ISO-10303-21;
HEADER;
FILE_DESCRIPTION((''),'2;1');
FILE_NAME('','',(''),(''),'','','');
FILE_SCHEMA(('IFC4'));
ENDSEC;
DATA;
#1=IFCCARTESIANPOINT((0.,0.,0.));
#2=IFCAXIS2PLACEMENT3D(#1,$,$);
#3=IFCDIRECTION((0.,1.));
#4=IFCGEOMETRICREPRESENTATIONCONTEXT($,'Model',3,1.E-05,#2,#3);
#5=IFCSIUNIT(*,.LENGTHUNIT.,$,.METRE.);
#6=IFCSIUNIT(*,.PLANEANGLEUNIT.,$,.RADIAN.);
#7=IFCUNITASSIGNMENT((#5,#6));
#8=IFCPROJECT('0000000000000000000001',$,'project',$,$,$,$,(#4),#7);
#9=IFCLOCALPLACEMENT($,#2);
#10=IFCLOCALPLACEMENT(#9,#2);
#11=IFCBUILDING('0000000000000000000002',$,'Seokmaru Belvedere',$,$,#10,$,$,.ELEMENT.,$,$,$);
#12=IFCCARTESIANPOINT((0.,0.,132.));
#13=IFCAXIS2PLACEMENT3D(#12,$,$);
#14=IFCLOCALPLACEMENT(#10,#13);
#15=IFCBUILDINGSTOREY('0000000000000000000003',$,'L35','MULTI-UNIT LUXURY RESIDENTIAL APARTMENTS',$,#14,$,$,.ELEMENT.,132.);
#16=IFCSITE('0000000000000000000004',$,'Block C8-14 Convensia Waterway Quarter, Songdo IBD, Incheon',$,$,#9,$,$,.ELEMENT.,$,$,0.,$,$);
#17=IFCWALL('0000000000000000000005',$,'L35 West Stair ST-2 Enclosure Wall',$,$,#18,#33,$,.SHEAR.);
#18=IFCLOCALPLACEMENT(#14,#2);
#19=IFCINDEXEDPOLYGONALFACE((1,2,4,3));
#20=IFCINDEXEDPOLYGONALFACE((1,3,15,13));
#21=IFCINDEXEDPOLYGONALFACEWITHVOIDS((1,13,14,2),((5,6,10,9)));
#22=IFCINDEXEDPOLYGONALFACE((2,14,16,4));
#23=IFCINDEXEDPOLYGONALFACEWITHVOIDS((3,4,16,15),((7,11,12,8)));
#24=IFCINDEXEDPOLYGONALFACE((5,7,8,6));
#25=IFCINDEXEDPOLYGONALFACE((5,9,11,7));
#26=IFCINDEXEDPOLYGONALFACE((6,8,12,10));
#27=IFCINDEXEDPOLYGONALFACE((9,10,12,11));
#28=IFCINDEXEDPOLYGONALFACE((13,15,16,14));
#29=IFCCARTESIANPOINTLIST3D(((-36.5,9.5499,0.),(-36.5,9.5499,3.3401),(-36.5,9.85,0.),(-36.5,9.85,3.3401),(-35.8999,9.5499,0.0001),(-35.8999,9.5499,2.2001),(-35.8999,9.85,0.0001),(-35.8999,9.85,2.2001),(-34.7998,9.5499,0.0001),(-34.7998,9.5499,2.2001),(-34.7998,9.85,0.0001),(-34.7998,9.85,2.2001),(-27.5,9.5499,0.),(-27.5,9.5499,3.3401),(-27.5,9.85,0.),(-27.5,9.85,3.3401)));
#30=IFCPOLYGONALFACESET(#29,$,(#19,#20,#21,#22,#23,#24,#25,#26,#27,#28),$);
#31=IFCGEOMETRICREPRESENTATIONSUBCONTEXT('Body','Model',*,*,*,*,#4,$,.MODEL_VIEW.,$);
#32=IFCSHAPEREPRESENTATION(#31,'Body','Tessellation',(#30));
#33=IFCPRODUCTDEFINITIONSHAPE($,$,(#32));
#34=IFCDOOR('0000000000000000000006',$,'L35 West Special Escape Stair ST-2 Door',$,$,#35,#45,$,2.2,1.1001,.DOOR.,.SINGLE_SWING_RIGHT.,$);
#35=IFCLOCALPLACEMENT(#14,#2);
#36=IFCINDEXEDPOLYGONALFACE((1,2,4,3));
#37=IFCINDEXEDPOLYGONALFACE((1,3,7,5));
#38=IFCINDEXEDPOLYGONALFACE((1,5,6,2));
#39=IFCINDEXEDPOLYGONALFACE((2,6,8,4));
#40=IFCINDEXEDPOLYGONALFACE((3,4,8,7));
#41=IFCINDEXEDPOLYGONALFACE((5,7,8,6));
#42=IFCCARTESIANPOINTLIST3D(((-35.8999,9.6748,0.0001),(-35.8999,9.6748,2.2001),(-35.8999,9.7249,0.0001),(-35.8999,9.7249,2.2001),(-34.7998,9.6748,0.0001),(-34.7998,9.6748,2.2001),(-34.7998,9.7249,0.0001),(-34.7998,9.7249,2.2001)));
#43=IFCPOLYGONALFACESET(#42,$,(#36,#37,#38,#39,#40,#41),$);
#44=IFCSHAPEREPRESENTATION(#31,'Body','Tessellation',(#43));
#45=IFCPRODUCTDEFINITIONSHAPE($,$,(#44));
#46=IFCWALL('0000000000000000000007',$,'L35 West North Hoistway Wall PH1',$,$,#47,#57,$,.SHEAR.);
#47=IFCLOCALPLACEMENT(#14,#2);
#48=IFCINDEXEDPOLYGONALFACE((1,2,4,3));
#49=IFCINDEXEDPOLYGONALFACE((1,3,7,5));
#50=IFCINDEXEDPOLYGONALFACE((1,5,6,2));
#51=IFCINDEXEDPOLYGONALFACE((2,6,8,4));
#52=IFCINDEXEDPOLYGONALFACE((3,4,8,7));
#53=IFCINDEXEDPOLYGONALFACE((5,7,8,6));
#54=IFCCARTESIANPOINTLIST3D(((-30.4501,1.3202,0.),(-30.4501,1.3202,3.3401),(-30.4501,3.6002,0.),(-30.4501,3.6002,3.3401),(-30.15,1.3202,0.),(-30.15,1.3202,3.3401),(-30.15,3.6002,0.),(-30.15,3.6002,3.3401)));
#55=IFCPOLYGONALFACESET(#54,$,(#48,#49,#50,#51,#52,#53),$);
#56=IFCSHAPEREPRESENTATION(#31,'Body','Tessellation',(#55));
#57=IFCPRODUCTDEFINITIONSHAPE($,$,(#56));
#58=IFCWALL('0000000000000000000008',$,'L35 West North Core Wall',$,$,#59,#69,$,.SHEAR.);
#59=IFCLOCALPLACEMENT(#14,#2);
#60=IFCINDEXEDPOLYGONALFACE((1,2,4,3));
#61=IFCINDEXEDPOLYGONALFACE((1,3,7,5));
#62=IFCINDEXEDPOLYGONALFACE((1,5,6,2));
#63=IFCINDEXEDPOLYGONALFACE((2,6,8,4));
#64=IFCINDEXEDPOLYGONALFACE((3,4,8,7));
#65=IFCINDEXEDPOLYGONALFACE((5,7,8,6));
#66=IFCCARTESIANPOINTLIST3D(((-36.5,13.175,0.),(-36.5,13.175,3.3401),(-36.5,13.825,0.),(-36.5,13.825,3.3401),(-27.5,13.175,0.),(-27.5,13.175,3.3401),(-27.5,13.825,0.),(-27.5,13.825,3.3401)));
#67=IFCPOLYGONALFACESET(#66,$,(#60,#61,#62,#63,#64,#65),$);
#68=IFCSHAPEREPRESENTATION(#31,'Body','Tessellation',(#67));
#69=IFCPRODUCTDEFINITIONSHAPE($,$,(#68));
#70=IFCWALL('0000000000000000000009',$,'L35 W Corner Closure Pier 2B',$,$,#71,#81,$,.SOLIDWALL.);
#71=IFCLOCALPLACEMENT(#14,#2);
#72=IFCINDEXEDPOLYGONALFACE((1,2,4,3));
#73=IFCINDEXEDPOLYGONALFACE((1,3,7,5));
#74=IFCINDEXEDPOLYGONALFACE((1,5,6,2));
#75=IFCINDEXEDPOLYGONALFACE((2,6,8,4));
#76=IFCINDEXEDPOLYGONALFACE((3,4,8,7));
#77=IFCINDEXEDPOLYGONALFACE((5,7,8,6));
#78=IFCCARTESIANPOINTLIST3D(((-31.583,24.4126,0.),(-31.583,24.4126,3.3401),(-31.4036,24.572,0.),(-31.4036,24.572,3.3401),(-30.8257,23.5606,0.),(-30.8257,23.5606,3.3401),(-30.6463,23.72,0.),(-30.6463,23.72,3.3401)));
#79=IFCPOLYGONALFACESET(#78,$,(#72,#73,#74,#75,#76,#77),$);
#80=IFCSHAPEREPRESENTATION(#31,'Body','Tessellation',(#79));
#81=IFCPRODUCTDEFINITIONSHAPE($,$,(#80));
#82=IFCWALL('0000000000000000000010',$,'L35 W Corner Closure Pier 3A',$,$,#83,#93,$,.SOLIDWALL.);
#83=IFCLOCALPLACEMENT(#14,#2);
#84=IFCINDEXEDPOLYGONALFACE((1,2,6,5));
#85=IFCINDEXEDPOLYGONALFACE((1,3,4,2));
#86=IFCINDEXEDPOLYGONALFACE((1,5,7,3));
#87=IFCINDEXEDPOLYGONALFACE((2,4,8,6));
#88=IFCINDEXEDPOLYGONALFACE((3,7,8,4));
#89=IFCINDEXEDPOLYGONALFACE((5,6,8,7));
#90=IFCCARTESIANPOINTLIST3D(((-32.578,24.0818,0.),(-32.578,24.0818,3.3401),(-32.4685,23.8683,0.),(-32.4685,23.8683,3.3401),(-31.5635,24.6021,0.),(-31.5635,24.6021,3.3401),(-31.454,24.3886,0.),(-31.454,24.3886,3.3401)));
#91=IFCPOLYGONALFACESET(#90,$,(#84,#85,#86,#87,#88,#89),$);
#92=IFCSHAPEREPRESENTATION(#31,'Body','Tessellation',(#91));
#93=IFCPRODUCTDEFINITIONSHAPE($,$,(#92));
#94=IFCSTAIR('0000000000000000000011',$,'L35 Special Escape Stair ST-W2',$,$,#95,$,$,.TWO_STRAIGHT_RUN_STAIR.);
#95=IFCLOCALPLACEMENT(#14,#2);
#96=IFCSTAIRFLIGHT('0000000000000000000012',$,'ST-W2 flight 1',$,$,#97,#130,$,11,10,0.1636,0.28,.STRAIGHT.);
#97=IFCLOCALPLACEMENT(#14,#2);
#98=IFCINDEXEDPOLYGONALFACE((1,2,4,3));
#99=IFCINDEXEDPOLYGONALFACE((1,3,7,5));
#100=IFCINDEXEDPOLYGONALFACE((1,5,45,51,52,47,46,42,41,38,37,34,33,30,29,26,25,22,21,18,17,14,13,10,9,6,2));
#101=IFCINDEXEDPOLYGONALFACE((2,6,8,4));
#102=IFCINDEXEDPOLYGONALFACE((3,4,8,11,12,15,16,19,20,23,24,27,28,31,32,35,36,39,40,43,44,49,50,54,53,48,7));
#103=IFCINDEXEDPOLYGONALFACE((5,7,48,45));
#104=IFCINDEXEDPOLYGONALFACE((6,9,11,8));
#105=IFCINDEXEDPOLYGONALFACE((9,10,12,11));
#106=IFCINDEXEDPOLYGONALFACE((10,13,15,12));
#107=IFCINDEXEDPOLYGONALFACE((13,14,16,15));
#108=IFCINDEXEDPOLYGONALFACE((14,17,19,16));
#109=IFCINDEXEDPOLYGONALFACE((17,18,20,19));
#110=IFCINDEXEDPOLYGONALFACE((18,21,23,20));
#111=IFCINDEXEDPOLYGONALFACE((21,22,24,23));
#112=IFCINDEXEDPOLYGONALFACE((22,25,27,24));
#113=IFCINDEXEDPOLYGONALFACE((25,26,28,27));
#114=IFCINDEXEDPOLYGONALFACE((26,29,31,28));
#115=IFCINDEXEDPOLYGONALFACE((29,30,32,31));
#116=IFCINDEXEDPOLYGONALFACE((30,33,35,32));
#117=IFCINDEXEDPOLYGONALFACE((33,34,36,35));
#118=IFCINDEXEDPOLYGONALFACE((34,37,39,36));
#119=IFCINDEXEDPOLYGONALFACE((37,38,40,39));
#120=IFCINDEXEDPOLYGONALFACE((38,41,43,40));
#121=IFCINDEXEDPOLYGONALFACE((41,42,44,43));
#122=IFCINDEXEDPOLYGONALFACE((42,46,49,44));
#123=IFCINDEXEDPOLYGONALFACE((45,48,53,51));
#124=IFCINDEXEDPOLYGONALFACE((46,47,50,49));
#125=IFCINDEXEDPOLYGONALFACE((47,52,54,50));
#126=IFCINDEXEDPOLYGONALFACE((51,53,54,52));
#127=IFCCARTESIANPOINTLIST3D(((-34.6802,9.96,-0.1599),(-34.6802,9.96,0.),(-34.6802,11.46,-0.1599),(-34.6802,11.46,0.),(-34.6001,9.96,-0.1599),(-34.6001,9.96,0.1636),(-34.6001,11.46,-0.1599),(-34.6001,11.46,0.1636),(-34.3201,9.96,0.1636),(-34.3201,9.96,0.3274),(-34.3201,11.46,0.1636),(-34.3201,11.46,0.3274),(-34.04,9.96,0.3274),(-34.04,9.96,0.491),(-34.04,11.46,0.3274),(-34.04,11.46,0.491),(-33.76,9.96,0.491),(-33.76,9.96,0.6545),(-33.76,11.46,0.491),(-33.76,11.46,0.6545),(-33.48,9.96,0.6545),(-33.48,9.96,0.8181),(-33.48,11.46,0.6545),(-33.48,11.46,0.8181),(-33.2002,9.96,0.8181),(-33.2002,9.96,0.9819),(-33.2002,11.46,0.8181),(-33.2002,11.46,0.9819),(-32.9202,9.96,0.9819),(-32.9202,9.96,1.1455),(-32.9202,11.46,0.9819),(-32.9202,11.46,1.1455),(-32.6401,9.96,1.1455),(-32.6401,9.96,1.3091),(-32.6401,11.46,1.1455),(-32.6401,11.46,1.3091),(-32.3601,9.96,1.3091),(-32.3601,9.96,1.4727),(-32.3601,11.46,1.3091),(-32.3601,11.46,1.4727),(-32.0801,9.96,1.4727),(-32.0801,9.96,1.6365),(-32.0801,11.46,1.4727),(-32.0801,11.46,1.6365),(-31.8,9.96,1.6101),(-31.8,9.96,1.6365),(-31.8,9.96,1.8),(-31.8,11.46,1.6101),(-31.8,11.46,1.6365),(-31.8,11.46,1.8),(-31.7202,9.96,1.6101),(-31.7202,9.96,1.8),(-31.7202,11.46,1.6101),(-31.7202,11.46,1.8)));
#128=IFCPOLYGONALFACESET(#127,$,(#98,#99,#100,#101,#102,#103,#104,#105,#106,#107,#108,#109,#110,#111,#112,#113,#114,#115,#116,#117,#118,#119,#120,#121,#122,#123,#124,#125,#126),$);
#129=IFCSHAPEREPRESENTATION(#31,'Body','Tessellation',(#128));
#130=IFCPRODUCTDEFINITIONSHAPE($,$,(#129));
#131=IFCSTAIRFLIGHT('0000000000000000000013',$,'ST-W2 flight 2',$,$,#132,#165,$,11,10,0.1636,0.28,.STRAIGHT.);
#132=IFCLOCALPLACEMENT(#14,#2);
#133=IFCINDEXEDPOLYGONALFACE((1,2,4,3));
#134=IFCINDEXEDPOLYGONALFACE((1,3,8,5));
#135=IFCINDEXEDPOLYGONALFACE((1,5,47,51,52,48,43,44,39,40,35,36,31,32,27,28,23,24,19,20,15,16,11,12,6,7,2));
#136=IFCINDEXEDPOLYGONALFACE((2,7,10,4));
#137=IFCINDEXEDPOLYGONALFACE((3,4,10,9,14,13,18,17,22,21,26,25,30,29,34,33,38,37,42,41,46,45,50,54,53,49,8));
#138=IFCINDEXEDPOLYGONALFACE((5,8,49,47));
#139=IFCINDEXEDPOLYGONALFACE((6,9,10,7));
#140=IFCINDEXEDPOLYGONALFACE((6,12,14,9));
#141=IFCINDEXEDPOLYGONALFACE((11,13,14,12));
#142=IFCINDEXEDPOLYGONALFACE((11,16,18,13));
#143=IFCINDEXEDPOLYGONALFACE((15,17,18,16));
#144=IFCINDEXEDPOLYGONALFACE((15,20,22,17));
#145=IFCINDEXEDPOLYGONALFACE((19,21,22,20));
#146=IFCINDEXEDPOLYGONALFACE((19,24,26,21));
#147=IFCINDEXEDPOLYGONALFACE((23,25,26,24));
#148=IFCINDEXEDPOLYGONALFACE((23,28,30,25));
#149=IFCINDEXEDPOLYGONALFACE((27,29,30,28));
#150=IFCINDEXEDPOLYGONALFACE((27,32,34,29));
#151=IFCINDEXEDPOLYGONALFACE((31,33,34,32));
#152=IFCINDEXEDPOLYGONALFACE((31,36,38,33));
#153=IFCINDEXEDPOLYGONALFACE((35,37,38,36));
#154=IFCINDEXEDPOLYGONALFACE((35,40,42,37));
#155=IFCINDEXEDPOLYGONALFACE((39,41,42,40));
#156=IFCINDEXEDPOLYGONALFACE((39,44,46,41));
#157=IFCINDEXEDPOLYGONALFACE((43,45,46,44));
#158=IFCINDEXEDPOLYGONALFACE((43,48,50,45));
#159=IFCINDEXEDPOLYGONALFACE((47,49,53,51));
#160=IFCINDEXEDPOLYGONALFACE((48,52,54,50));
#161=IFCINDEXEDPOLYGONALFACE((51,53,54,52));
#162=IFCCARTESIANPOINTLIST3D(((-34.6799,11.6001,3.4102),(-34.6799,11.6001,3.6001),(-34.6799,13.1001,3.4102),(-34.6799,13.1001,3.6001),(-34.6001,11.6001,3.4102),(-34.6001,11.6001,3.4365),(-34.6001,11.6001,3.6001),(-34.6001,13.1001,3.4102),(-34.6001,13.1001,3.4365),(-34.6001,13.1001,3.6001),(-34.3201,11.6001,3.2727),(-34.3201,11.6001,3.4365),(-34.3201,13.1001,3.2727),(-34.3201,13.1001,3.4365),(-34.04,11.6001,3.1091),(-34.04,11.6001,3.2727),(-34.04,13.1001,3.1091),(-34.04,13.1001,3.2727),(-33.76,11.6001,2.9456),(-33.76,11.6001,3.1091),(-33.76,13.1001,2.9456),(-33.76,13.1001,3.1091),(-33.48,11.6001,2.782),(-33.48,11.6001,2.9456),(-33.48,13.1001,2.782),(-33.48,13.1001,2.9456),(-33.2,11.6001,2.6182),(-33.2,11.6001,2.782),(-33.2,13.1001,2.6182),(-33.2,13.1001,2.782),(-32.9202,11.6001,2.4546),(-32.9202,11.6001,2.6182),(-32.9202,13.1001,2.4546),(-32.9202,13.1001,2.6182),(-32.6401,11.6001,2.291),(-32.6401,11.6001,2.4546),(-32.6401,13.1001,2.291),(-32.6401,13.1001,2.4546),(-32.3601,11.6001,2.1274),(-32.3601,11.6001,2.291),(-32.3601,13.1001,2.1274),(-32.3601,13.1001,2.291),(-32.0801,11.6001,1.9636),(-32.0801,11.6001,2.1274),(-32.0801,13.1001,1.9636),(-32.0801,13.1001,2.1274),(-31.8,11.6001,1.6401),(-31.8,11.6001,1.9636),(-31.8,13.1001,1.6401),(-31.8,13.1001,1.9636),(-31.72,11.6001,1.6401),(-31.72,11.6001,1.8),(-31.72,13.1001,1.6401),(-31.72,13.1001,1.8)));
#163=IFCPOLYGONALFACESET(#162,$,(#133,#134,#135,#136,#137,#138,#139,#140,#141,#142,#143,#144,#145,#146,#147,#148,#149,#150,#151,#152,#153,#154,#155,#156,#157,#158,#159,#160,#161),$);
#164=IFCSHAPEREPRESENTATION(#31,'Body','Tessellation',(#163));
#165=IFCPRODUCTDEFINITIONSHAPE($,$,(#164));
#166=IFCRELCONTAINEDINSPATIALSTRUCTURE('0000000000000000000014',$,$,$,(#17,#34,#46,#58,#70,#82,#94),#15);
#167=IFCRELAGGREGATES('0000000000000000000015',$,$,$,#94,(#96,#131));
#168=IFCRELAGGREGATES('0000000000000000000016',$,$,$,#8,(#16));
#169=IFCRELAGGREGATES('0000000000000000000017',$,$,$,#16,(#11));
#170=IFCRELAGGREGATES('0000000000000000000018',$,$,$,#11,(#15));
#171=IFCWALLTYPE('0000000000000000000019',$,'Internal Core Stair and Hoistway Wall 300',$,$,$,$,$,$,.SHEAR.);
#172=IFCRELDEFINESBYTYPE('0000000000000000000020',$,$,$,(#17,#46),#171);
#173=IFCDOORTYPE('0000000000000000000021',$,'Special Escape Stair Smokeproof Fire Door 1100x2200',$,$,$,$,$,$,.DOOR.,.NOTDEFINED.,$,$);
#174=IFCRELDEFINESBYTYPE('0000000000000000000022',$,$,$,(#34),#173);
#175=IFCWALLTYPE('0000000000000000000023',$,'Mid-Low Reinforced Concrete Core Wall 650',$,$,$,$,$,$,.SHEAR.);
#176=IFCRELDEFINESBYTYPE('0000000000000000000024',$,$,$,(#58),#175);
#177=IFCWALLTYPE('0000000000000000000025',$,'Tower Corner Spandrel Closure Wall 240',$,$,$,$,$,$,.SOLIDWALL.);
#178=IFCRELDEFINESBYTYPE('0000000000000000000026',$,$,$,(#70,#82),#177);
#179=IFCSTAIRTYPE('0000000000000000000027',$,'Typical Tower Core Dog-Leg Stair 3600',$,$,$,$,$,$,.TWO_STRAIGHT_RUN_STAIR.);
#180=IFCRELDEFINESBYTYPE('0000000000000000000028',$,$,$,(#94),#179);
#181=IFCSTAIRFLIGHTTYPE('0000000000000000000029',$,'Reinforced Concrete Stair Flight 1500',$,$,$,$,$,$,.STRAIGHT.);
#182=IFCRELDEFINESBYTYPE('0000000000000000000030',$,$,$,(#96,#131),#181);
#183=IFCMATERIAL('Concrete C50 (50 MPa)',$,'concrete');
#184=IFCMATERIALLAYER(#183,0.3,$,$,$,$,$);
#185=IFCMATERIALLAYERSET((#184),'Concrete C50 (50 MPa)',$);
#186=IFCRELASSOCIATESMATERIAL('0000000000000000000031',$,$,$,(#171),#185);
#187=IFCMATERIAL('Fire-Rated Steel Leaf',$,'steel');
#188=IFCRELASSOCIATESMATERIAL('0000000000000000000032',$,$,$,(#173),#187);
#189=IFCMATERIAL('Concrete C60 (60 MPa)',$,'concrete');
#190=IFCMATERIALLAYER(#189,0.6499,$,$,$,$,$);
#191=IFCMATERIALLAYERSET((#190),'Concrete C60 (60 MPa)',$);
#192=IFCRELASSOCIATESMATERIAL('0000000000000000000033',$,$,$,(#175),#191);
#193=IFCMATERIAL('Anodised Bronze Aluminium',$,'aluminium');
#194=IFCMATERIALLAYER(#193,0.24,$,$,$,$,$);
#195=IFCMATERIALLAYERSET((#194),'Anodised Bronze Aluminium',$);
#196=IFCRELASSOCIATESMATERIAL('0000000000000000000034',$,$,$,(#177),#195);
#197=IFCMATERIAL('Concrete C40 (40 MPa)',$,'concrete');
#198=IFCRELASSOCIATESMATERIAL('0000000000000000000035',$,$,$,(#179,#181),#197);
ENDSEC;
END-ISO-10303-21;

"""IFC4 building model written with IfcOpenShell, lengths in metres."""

from ifc_helpers import new_model, si_unit, direction, frame, frame_2d, origin, place, context, subcontext, project, spatial, polyline, rectangle, outline, extrude, source, transform, mapped, material, layer, layer_set, type_object, type_shapes, element, fill, aggregate, save


model = new_model("IFC4")

# Units and contexts
model_context = context("Model", 3, precision=1e-05, world=origin(), true_north=direction((0.0, 1.0)))
body_context = subcontext(model_context, "Body", "Model", "MODEL_VIEW")
ifc_project = project(units=[si_unit("LENGTHUNIT", "METRE"), si_unit("PLANEANGLEUNIT", "RADIAN")], contexts=[model_context])

# Site, building, storey
site_placement = place(None, origin())
site = spatial("IfcSite", under=ifc_project, at=site_placement, Name="Block C8-14 Convensia Waterway Quarter, Songdo IBD, Incheon", CompositionType="ELEMENT", RefElevation=0.0)
building_placement = place(site_placement, origin())
building = spatial("IfcBuilding", under=site, at=building_placement, Name="Seokmaru Belvedere", CompositionType="ELEMENT")
storey_placement = place(building_placement, frame((0.0, 0.0, 132.0)))
storey = spatial("IfcBuildingStorey", under=building, at=storey_placement, Name="L35", Description="MULTI-UNIT LUXURY RESIDENTIAL APARTMENTS", CompositionType="ELEMENT", Elevation=132.0)

# Shared definitions
ifc_material_1 = material(Name="Anodised Bronze Aluminium", Category="aluminium")

# Shared definitions
ifc_material_2 = material(Name="Fire-Rated Steel Leaf", Category="steel")

# Shared definitions
ifc_material_3 = material(Name="Concrete C50 (50 MPa)", Category="concrete")

# Wall, opening, door
ifc_layer_1 = layer(ifc_material_3, 0.3)
ifc_layer_set_1 = layer_set([ifc_layer_1], Name="Concrete C50 (50 MPa)")
wall_type_1 = type_object("IfcWallType", Name="Internal Core Stair and Hoistway Wall 300", PredefinedType="SHEAR", material=ifc_layer_set_1)
wall_1_placement = place(storey_placement, frame((-36.5, 9.7, 0.0), z_axis=(0.0, 0.0, 1.0), x_axis=(1.0, 0.0, 0.0)))
wall_1 = element("IfcWall", 1, at=wall_1_placement, inside=storey, type_object=wall_type_1, Name="L35 West Stair ST-2 Enclosure Wall", PredefinedType="SHEAR", context=body_context, shape_type="SweptSolid", body=[
    extrude(rectangle(XDim=9.0, YDim=0.3, at=frame_2d((4.5, 0.0))), origin(), (0.0, 0.0, 1.0), 3.3401),
])
opening_1_placement = place(wall_1_placement, frame((0.6001, 0.0, 0.0)))
opening_1 = element("IfcOpeningElement", 2, at=opening_1_placement, cuts=wall_1, PredefinedType="OPENING", context=body_context, shape_type="SweptSolid", body=[
    extrude(rectangle(XDim=1.1001, YDim=2.2, at=frame_2d((0.55, 1.1001))), frame((0.0, 0.1602, 0.0), z_axis=(0.0, -1.0, 0.0), x_axis=(1.0, 0.0, 0.0)), (0.0, 0.0, 1.0), 0.3201),
])
door_type_1 = type_object("IfcDoorType", Name="Special Escape Stair Smokeproof Fire Door 1100x2200", OperationType="NOTDEFINED", PredefinedType="DOOR", material=ifc_material_2)
shared_shape_1 = source(origin(), body_context, "Body", "SweptSolid", [
    extrude(rectangle(XDim=1.1001, YDim=2.2, at=frame_2d((0.55, 1.1001))), frame((0.0, 0.0249, 0.0), z_axis=(0.0, -1.0, 0.0), x_axis=(1.0, 0.0, 0.0)), (0.0, 0.0, 1.0), 0.05),
])
type_shapes(door_type_1, [shared_shape_1])
door_1_placement = place(opening_1_placement, origin())
door_1 = element("IfcDoor", 3, at=door_1_placement, inside=storey, type_object=door_type_1, Name="L35 West Special Escape Stair ST-2 Door", OperationType="SINGLE_SWING_RIGHT", OverallHeight=2.2, OverallWidth=1.1001, PredefinedType="DOOR", context=body_context, shape_type="MappedRepresentation", body=[
    mapped(shared_shape_1, transform((0.0, 0.0, 0.0), scale=1.0)),
])
fill(opening_1, door_1)

# Walls
wall_2_placement = place(storey_placement, frame((-30.3, 1.3201, 0.0), z_axis=(0.0, 0.0, 1.0), x_axis=(0.0, 1.0, 0.0)))
element("IfcWall", 4, at=wall_2_placement, inside=storey, type_object=wall_type_1, Name="L35 West North Hoistway Wall PH1", PredefinedType="SHEAR", context=body_context, shape_type="SweptSolid", body=[
    extrude(rectangle(XDim=2.28, YDim=0.3, at=frame_2d((1.1401, 0.0))), origin(), (0.0, 0.0, 1.0), 3.3401),
])
ifc_material_4 = material(Name="Concrete C60 (60 MPa)", Category="concrete")
ifc_layer_2 = layer(ifc_material_4, 0.6499)
ifc_layer_set_2 = layer_set([ifc_layer_2], Name="Concrete C60 (60 MPa)")
wall_type_2 = type_object("IfcWallType", Name="Mid-Low Reinforced Concrete Core Wall 650", PredefinedType="SHEAR", material=ifc_layer_set_2)
wall_3_placement = place(storey_placement, frame((-36.5, 13.5, 0.0), z_axis=(0.0, 0.0, 1.0), x_axis=(1.0, 0.0, 0.0)))
element("IfcWall", 5, at=wall_3_placement, inside=storey, type_object=wall_type_2, Name="L35 West North Core Wall", PredefinedType="SHEAR", context=body_context, shape_type="SweptSolid", body=[
    extrude(rectangle(XDim=9.0, YDim=0.6499, at=frame_2d((4.5, 0.0))), origin(), (0.0, 0.0, 1.0), 3.3401),
])

# Walls
ifc_layer_3 = layer(ifc_material_1, 0.24)
ifc_layer_set_3 = layer_set([ifc_layer_3], Name="Anodised Bronze Aluminium")
wall_type_3 = type_object("IfcWallType", Name="Tower Corner Spandrel Closure Wall 240", PredefinedType="SOLIDWALL", material=ifc_layer_set_3)
wall_4_placement = place(storey_placement, frame((-30.7361, 23.6404, 0.0), z_axis=(0.0, 0.0, 1.0), x_axis=(-0.664337, 0.747433, 0.0)))
element("IfcWall", 6, at=wall_4_placement, inside=storey, type_object=wall_type_3, Name="L35 W Corner Closure Pier 2B", PredefinedType="SOLIDWALL", context=body_context, shape_type="SweptSolid", body=[
    extrude(rectangle(XDim=1.1399, YDim=0.24, at=frame_2d((0.5698, 0.0))), origin(), (0.0, 0.0, 1.0), 3.3401),
])
wall_5_placement = place(storey_placement, frame((-31.5088, 24.4954, 0.0), z_axis=(0.0, 0.0, 1.0), x_axis=(-0.889797, -0.456356, 0.0)))
element("IfcWall", 7, at=wall_5_placement, inside=storey, type_object=wall_type_3, Name="L35 W Corner Closure Pier 3A", PredefinedType="SOLIDWALL", context=body_context, shape_type="SweptSolid", body=[
    extrude(rectangle(XDim=1.1401, YDim=0.24, at=frame_2d((0.5701, 0.0))), origin(), (0.0, 0.0, 1.0), 3.3401),
])

# Stair, stair flights
ifc_material_5 = material(Name="Concrete C40 (40 MPa)", Category="concrete")
stair_type = type_object("IfcStairType", Name="Typical Tower Core Dog-Leg Stair 3600", PredefinedType="TWO_STRAIGHT_RUN_STAIR", material=ifc_material_5)
stair_placement = place(storey_placement, origin())
stair = element("IfcStair", 8, at=stair_placement, inside=storey, type_object=stair_type, Name="L35 Special Escape Stair ST-W2", PredefinedType="TWO_STRAIGHT_RUN_STAIR")
stair_flight_type = type_object("IfcStairFlightType", Name="Reinforced Concrete Stair Flight 1500", PredefinedType="STRAIGHT", material=ifc_material_5)
stair_flight_1_placement = place(storey_placement, frame((-34.6001, 10.71, 0.0), z_axis=(0.0, 0.0, 1.0), x_axis=(1.0, 0.0, 0.0)))
stair_flight_1 = element("IfcStairFlight", 9, at=stair_flight_1_placement, type_object=stair_flight_type, Name="ST-W2 flight 1", NumberOfRisers=11, NumberOfTreads=10, PredefinedType="STRAIGHT", RiserHeight=0.1636, TreadLength=0.28, context=body_context, shape_type="SweptSolid", body=[
    extrude(outline(polyline([(-0.0801, 0.0), (0.0, 0.1636), (0.28, 0.1636), (0.28, 0.3274), (0.5601, 0.3274), (0.5601, 0.491), (0.8401, 0.491), (0.8401, 0.6545), (1.1201, 0.6545), (1.1201, 0.8181), (1.3999, 0.8181), (1.3999, 0.9819), (1.6799, 0.9819), (1.6799, 1.1455), (1.96, 1.1455), (1.96, 1.3091), (2.24, 1.3091), (2.24, 1.4727), (2.52, 1.4727), (2.52, 1.6365), (2.8, 1.6365), (2.8, 1.8), (2.8799, 1.8), (2.8799, 1.6101), (2.8, 1.6101), (0.0, -0.1599), (-0.0801, -0.1599), (-0.0801, 0.0)])), frame((0.0, 0.75, 0.0), z_axis=(0.0, -1.0, 0.0), x_axis=(1.0, 0.0, 0.0)), (0.0, 0.0, 1.0), 1.5),
])
stair_flight_2_placement = place(storey_placement, frame((-31.8, 12.3501, 1.8), z_axis=(0.0, 0.0, 1.0), x_axis=(-1.0, 0.0, 0.0)))
stair_flight_2 = element("IfcStairFlight", 10, at=stair_flight_2_placement, type_object=stair_flight_type, Name="ST-W2 flight 2", NumberOfRisers=11, NumberOfTreads=10, PredefinedType="STRAIGHT", RiserHeight=0.1636, TreadLength=0.28, context=body_context, shape_type="SweptSolid", body=[
    extrude(outline(polyline([(-0.0801, 0.0), (0.0, 0.1636), (0.28, 0.1636), (0.28, 0.3274), (0.5601, 0.3274), (0.5601, 0.491), (0.8401, 0.491), (0.8401, 0.6545), (1.1201, 0.6545), (1.1201, 0.8181), (1.3999, 0.8181), (1.3999, 0.9819), (1.6799, 0.9819), (1.6799, 1.1455), (1.96, 1.1455), (1.96, 1.3091), (2.24, 1.3091), (2.24, 1.4727), (2.52, 1.4727), (2.52, 1.6365), (2.8, 1.6365), (2.8, 1.8), (2.8799, 1.8), (2.8799, 1.6101), (2.8, 1.6101), (0.0, -0.1599), (-0.0801, -0.1599), (-0.0801, 0.0)])), frame((0.0, 0.75, 0.0), z_axis=(0.0, -1.0, 0.0), x_axis=(1.0, 0.0, 0.0)), (0.0, 0.0, 1.0), 1.5),
])
aggregate(stair, [stair_flight_1, stair_flight_2])

save(model, "model.ifc")
